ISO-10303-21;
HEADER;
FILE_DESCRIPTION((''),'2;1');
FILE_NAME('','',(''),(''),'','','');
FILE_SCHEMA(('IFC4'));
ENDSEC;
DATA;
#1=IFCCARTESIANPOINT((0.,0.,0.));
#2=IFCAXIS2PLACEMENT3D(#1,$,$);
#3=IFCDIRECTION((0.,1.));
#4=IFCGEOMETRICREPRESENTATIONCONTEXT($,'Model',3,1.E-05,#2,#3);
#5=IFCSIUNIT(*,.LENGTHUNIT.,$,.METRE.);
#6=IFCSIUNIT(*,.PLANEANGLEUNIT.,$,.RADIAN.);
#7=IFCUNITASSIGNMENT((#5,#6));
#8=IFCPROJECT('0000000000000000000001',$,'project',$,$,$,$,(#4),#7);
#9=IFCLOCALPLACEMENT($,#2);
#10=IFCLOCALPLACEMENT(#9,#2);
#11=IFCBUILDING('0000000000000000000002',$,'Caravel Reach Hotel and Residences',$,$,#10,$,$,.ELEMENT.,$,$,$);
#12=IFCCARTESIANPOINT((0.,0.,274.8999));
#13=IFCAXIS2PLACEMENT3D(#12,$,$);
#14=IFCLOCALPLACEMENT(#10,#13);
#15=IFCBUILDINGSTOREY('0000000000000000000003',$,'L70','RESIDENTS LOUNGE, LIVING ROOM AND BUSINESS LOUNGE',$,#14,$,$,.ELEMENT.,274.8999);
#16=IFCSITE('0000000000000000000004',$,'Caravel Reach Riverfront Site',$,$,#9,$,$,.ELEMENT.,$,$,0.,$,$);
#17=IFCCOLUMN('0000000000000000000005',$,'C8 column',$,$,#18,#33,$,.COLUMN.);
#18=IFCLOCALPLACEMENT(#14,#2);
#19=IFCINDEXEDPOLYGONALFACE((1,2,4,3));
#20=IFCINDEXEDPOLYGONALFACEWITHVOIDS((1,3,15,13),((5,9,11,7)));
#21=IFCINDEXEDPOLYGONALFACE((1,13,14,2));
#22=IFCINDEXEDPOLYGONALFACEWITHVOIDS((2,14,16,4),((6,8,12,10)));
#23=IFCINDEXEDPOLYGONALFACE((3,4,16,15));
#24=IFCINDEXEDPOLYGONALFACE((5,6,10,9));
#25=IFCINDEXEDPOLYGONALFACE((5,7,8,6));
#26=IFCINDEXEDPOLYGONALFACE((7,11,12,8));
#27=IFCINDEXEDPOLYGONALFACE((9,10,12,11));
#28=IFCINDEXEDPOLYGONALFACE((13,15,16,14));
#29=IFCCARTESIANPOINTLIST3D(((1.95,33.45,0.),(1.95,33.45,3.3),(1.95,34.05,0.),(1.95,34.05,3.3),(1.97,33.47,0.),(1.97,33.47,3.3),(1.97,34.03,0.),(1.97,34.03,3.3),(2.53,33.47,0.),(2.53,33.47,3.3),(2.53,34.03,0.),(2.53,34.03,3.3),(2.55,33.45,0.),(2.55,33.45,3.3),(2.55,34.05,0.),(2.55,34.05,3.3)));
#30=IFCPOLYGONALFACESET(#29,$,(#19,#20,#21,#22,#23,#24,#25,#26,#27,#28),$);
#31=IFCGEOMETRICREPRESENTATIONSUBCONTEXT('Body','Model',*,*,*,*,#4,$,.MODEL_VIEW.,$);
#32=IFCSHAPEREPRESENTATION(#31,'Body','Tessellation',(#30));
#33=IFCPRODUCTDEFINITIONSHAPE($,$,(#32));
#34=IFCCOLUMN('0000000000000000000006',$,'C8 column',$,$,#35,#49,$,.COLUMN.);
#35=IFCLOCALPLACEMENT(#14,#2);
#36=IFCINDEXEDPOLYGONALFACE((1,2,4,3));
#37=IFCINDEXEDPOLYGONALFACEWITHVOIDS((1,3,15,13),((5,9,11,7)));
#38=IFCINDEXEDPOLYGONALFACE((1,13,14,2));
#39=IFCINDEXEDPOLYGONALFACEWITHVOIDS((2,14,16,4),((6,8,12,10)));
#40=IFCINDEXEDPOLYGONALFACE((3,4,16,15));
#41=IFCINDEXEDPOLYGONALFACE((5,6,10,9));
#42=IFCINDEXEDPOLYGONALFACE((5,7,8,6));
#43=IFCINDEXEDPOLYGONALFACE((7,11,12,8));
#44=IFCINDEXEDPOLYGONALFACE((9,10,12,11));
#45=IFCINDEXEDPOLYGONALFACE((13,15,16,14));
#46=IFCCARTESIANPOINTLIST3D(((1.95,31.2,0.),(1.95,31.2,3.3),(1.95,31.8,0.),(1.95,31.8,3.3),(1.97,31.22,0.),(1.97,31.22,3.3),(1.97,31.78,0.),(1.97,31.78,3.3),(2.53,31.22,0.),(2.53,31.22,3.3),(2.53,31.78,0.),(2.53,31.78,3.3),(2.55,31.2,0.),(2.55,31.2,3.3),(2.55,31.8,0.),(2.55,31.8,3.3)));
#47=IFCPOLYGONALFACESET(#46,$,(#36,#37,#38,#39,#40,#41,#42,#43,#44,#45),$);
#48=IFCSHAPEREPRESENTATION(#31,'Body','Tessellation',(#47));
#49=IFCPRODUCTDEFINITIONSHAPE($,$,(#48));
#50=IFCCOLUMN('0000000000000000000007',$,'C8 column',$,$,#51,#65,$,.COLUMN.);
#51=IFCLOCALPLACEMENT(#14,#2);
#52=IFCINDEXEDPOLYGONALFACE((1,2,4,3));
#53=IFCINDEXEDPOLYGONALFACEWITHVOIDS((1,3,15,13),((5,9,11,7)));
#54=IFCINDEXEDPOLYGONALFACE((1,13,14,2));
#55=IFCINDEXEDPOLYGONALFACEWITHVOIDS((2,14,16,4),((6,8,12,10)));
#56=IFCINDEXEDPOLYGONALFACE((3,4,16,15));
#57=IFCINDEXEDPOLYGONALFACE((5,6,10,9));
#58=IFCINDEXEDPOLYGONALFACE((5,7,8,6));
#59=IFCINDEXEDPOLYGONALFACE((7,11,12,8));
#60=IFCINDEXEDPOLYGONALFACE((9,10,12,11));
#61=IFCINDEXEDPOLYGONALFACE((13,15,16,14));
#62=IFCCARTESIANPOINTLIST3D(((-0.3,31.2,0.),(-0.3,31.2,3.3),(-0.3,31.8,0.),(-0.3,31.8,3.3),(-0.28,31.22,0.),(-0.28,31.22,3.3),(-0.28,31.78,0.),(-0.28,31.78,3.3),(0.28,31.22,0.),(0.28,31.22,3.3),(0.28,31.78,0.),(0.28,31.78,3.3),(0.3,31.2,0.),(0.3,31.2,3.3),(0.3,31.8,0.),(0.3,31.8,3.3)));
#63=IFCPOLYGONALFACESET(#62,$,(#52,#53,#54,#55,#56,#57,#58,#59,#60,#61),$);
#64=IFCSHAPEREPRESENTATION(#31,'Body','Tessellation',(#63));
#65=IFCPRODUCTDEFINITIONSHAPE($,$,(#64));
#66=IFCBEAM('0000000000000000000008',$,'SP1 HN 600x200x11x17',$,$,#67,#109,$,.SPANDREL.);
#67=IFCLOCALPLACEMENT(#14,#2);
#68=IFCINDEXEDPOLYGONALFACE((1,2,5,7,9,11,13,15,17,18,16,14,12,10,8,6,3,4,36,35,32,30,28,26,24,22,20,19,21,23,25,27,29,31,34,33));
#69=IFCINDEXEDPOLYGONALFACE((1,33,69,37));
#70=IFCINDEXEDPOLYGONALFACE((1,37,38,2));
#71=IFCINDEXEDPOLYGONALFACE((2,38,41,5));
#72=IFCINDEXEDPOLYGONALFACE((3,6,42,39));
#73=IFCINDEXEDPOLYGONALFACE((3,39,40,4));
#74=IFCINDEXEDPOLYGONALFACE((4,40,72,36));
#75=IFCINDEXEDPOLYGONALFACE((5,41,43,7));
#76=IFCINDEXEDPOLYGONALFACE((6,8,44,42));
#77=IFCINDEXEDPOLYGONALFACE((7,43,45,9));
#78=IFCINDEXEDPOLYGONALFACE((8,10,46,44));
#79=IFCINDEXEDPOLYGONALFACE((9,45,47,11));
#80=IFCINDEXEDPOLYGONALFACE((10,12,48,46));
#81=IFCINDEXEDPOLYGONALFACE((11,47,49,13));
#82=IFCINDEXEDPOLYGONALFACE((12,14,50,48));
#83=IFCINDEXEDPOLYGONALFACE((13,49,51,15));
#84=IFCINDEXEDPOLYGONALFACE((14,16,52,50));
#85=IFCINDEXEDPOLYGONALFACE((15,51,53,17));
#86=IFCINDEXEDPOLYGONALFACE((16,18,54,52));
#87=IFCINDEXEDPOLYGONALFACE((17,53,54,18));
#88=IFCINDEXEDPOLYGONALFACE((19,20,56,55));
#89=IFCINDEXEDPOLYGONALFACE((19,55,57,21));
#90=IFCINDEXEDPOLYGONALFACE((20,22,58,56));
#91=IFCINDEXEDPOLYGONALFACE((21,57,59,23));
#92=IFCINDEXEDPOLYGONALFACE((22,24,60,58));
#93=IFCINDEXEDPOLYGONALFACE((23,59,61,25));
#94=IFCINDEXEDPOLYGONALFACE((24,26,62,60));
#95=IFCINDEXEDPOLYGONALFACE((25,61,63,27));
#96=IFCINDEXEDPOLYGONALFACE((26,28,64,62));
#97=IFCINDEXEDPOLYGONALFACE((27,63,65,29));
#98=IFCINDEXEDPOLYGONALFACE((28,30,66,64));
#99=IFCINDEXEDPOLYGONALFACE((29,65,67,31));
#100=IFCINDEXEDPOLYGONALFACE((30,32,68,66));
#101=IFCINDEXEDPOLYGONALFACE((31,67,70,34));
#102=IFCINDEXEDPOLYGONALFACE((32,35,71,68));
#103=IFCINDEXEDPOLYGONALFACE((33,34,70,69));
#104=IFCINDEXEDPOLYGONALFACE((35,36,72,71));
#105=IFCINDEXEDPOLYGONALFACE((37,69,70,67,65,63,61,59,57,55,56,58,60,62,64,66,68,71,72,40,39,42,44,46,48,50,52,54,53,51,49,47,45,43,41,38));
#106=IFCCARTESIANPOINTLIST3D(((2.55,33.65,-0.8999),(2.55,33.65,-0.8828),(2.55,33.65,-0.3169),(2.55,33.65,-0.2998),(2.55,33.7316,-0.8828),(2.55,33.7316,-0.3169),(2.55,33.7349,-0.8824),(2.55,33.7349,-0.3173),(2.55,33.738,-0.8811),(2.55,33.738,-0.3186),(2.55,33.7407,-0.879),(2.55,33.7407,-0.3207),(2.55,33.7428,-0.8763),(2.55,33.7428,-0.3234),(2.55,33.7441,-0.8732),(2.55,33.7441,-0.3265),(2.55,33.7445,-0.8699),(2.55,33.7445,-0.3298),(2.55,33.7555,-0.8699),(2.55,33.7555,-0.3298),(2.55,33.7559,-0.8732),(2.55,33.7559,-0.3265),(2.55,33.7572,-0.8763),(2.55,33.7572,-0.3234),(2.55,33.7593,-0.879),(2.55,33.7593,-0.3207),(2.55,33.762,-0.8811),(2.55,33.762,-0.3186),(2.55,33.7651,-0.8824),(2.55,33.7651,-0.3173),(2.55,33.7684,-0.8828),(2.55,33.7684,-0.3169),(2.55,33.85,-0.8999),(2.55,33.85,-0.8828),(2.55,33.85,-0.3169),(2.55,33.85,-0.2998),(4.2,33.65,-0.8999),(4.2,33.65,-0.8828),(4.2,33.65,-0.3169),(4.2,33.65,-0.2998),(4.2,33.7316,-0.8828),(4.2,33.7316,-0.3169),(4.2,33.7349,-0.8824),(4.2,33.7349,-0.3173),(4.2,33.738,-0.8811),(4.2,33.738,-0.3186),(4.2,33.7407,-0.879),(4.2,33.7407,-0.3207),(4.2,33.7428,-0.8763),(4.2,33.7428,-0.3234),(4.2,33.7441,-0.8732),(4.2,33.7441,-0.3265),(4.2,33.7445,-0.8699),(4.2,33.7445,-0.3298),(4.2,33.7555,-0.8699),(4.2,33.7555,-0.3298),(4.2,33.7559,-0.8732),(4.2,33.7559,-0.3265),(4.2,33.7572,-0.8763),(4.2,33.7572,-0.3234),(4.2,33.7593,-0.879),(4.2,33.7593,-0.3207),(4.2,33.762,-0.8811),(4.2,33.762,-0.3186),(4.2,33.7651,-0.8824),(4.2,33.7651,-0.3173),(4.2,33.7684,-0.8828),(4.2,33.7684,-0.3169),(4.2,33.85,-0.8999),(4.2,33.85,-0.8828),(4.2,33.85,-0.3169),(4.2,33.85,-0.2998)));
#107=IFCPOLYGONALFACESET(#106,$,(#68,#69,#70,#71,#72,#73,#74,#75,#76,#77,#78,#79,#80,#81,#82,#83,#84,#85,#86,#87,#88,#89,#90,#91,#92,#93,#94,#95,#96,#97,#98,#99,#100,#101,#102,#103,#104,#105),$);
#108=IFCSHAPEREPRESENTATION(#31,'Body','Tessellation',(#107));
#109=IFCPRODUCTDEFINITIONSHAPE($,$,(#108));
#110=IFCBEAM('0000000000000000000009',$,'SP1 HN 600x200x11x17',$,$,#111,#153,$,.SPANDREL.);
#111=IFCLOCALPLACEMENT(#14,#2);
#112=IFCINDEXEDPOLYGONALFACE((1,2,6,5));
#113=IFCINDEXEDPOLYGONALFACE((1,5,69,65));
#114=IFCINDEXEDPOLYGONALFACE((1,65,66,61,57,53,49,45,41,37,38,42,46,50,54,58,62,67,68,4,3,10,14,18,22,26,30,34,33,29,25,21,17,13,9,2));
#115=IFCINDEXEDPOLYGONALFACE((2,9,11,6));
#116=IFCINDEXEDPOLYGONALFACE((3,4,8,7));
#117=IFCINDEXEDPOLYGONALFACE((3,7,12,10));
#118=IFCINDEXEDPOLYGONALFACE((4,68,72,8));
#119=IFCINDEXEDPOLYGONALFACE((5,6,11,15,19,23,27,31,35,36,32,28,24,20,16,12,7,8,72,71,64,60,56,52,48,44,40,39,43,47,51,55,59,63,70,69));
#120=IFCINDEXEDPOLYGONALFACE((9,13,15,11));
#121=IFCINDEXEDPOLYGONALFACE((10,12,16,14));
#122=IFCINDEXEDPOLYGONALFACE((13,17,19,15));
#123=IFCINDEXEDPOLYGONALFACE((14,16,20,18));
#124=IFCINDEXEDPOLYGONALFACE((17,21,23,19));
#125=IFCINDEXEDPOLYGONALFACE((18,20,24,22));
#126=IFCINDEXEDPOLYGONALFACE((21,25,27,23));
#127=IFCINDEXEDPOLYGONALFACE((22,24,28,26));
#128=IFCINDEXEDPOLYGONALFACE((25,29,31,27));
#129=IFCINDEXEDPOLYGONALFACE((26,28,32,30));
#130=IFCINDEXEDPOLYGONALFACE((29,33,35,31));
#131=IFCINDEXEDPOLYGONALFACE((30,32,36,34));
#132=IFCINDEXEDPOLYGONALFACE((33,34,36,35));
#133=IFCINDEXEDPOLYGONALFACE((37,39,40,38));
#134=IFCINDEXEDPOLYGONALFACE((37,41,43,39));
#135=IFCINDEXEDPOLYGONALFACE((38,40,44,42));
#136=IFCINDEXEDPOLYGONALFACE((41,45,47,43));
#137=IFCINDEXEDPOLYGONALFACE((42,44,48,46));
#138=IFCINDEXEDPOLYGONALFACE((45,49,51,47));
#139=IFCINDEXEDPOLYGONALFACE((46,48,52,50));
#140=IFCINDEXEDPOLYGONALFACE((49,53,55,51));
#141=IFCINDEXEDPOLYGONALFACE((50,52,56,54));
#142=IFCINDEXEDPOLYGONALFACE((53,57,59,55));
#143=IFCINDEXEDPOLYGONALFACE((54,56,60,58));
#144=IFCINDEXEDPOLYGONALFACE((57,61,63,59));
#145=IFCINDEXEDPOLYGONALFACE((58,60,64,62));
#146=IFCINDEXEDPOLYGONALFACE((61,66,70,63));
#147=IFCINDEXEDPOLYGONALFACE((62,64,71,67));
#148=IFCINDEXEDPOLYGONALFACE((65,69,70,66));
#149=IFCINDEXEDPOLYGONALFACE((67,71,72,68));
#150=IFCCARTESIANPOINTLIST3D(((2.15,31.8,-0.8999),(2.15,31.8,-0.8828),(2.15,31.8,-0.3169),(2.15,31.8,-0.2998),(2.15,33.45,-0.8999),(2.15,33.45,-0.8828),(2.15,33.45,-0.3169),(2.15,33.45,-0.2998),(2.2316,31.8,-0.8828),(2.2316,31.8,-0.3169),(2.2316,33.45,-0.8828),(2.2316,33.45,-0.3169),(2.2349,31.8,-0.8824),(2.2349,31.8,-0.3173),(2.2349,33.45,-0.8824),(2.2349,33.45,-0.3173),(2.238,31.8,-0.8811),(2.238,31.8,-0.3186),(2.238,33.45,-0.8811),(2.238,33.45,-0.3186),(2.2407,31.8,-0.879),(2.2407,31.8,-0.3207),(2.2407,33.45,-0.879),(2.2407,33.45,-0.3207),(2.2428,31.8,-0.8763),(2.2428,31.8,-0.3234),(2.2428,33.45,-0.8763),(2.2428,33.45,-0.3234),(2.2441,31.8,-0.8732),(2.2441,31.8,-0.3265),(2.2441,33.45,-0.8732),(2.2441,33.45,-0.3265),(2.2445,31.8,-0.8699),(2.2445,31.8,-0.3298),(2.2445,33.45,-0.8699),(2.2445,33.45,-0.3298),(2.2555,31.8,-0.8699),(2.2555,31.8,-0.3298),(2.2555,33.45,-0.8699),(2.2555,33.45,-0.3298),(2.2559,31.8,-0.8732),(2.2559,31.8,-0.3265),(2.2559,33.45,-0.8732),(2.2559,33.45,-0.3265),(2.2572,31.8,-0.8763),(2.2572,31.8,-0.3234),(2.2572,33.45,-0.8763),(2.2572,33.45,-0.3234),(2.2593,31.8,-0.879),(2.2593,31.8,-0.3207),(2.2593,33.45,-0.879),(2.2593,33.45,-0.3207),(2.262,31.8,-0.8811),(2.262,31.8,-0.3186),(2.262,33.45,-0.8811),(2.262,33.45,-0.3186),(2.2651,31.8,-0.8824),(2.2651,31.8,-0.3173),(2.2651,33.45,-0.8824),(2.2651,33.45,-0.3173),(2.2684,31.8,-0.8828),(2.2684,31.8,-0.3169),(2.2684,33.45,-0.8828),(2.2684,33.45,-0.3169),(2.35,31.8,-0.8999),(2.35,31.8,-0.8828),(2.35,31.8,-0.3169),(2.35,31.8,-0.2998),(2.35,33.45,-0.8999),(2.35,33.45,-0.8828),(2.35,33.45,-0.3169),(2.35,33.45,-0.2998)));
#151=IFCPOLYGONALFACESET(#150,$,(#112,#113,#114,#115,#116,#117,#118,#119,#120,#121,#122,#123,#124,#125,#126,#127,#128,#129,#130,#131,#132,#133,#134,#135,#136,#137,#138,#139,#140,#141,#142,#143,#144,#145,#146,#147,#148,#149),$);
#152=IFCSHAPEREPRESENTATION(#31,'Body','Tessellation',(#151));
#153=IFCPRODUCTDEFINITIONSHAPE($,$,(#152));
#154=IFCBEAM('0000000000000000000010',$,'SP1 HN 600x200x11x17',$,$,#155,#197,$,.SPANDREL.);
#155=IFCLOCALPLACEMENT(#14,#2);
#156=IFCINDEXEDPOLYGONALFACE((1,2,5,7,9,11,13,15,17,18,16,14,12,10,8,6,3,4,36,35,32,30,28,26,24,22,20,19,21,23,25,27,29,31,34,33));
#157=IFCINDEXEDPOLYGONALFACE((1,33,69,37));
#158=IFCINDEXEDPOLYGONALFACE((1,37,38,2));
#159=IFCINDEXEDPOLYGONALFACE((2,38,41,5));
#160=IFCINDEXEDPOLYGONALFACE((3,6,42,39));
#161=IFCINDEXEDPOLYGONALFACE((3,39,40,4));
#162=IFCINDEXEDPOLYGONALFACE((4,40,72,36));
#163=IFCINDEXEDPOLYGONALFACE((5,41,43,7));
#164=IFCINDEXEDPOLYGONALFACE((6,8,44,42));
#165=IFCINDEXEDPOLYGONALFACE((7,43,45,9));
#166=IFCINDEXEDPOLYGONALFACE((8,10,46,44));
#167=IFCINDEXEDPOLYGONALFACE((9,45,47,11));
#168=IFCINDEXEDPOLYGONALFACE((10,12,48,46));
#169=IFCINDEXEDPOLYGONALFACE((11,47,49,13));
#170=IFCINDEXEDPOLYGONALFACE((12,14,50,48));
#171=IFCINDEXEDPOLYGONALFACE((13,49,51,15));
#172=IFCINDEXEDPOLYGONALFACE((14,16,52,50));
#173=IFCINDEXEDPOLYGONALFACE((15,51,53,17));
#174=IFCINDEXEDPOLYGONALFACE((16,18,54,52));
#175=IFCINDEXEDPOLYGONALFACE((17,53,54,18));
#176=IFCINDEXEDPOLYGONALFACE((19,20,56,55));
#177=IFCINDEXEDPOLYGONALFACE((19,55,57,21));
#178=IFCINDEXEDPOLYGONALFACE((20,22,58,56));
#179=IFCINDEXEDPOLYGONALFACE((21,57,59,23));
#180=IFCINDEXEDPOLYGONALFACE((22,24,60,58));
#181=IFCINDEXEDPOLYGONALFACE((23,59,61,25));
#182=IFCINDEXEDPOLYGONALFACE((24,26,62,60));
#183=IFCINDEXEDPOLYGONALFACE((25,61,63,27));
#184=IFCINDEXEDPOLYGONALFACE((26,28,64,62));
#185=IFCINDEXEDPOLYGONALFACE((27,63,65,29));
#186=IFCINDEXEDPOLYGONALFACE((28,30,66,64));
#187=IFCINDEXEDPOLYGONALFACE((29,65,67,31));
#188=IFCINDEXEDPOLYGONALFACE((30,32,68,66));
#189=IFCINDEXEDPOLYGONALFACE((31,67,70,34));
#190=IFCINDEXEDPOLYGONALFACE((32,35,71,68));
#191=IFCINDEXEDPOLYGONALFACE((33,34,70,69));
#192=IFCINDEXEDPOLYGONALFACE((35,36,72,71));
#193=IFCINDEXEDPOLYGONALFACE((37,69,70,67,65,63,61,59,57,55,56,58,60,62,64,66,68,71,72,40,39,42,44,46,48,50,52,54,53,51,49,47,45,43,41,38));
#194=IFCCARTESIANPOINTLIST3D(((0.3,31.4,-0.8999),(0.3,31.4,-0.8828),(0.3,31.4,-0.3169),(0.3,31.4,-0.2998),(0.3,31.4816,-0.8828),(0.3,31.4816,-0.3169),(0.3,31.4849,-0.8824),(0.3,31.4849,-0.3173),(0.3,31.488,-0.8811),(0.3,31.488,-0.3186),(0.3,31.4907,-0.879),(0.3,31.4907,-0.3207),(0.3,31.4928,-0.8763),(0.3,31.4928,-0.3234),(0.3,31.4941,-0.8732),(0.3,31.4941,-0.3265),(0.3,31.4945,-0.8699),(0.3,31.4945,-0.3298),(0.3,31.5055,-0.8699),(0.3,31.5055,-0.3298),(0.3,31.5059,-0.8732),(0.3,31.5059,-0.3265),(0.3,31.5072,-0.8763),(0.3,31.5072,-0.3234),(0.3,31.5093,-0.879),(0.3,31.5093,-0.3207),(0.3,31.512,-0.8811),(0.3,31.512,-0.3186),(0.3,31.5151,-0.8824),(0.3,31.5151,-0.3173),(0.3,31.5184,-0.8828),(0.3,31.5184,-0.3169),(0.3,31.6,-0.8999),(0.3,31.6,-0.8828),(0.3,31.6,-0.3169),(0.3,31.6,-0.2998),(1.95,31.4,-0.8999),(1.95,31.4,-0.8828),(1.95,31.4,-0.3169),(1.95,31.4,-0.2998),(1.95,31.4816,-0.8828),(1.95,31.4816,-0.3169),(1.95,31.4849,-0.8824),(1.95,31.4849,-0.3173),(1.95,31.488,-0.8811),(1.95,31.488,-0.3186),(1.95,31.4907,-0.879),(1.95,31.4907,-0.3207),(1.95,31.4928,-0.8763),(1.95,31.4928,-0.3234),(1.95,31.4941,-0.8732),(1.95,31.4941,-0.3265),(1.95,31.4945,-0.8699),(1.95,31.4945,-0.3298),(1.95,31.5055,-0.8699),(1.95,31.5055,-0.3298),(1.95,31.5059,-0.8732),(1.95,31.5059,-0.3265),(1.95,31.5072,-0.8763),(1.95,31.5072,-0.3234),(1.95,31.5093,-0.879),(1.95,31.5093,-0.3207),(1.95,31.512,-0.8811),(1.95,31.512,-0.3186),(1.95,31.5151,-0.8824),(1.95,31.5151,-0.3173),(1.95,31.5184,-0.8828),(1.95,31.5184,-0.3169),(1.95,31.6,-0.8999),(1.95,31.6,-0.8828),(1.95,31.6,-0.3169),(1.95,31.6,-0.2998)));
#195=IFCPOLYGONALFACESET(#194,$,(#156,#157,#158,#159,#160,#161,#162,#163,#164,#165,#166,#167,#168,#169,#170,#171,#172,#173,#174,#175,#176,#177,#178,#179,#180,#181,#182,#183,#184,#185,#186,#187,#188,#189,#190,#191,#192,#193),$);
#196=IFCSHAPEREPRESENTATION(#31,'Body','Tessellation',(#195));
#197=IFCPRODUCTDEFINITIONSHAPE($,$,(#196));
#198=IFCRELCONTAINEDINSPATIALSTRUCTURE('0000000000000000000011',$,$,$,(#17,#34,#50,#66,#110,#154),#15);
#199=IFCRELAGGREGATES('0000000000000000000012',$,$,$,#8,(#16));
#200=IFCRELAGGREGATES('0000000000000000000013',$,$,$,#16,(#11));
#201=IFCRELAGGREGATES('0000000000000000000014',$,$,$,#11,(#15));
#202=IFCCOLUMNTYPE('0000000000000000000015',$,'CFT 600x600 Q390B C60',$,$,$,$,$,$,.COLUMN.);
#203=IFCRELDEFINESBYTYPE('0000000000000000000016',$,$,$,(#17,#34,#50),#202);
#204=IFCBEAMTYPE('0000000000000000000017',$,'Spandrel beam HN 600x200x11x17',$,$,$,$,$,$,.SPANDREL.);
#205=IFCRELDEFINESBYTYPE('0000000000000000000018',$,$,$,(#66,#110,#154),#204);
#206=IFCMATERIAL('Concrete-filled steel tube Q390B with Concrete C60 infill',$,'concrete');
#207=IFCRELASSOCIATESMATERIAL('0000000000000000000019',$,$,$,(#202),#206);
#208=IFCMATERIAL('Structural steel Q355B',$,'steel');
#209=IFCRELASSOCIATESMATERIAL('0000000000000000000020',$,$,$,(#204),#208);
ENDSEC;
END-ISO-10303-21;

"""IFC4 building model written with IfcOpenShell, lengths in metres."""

from ifc_helpers import new_model, si_unit, direction, frame, origin, origin_2d, place, context, subcontext, project, spatial, hollow_rectangle, i_section, extrude, material, material_profile, profile_set, type_object, element, save


model = new_model("IFC4")

# Units and contexts
model_context = context("Model", 3, precision=1e-05, world=origin(), true_north=direction((0.0, 1.0)))
body_context = subcontext(model_context, "Body", "Model", "MODEL_VIEW")
ifc_project = project(units=[si_unit("LENGTHUNIT", "METRE"), si_unit("PLANEANGLEUNIT", "RADIAN")], contexts=[model_context])

# Site, building, storey
site_placement = place(None, origin())
site = spatial("IfcSite", under=ifc_project, at=site_placement, Name="Caravel Reach Riverfront Site", CompositionType="ELEMENT", RefElevation=0.0)
building_placement = place(site_placement, origin())
building = spatial("IfcBuilding", under=site, at=building_placement, Name="Caravel Reach Hotel and Residences", CompositionType="ELEMENT")
storey_placement = place(building_placement, frame((0.0, 0.0, 274.8999)))
storey = spatial("IfcBuildingStorey", under=building, at=storey_placement, Name="L70", Description="RESIDENTS LOUNGE, LIVING ROOM AND BUSINESS LOUNGE", CompositionType="ELEMENT", Elevation=274.8999)

# Columns
ifc_material_1 = material(Name="Concrete-filled steel tube Q390B with Concrete C60 infill", Category="concrete")
ifc_material_profile_1 = material_profile(ifc_material_1, hollow_rectangle(XDim=0.6001, YDim=0.6001, WallThickness=0.02, at=origin_2d()), Name="RHS 600x600x20")
ifc_profile_set_1 = profile_set([ifc_material_profile_1], Name="Concrete-filled steel tube Q390B with Concrete C60 infill")
column_type = type_object("IfcColumnType", Name="CFT 600x600 Q390B C60", PredefinedType="COLUMN", material=ifc_profile_set_1)
for number, where, z_axis, x_axis, name in (
    (1, (2.25, 33.75, 0.0), (0.0, 0.0, 1.0), (1.0, 0.0, 0.0), "C8 column"),
    (2, (2.25, 31.5, 0.0), (0.0, 0.0, 1.0), (1.0, 0.0, 0.0), "C8 column"),
    (3, (0.0, 31.5, 0.0), (0.0, 0.0, 1.0), (1.0, 0.0, 0.0), "C8 column"),
):
    element("IfcColumn", number, at=place(storey_placement, frame(where, z_axis=z_axis, x_axis=x_axis)), inside=storey, type_object=column_type, Name=name, PredefinedType="COLUMN", context=body_context, shape_type="SweptSolid", body=[
        extrude(hollow_rectangle(XDim=0.6001, YDim=0.6001, WallThickness=0.02, at=origin_2d()), origin(), (0.0, 0.0, 1.0), 3.3),
    ])

# Beams
ifc_material_2 = material(Name="Structural steel Q355B", Category="steel")
ifc_material_profile_2 = material_profile(ifc_material_2, i_section(OverallWidth=0.2, OverallDepth=0.6001, WebThickness=0.011, FlangeThickness=0.0171, FilletRadius=0.0129, at=origin_2d()), Name="HN 600x200x11x17")
ifc_profile_set_2 = profile_set([ifc_material_profile_2], Name="Structural steel Q355B")
beam_type = type_object("IfcBeamType", Name="Spandrel beam HN 600x200x11x17", PredefinedType="SPANDREL", material=ifc_profile_set_2)
for number, where, z_axis, x_axis, name in (
    (4, (4.2, 33.75, -0.5999), (-1.0, 0.0, 0.0), (0.0, -1.0, 0.0), "SP1 HN 600x200x11x17"),
    (5, (2.25, 33.45, -0.5999), (0.0, -1.0, 0.0), (1.0, 0.0, 0.0), "SP1 HN 600x200x11x17"),
    (6, (1.95, 31.5, -0.5999), (-1.0, 0.0, 0.0), (0.0, -1.0, 0.0), "SP1 HN 600x200x11x17"),
):
    element("IfcBeam", number, at=place(storey_placement, frame(where, z_axis=z_axis, x_axis=x_axis)), inside=storey, type_object=beam_type, Name=name, PredefinedType="SPANDREL", context=body_context, shape_type="SweptSolid", body=[
        extrude(i_section(OverallWidth=0.2, OverallDepth=0.6001, WebThickness=0.011, FlangeThickness=0.0171, FilletRadius=0.0129, at=origin_2d()), origin(), (0.0, 0.0, 1.0), 1.6499),
    ])

save(model, "model.ifc")
